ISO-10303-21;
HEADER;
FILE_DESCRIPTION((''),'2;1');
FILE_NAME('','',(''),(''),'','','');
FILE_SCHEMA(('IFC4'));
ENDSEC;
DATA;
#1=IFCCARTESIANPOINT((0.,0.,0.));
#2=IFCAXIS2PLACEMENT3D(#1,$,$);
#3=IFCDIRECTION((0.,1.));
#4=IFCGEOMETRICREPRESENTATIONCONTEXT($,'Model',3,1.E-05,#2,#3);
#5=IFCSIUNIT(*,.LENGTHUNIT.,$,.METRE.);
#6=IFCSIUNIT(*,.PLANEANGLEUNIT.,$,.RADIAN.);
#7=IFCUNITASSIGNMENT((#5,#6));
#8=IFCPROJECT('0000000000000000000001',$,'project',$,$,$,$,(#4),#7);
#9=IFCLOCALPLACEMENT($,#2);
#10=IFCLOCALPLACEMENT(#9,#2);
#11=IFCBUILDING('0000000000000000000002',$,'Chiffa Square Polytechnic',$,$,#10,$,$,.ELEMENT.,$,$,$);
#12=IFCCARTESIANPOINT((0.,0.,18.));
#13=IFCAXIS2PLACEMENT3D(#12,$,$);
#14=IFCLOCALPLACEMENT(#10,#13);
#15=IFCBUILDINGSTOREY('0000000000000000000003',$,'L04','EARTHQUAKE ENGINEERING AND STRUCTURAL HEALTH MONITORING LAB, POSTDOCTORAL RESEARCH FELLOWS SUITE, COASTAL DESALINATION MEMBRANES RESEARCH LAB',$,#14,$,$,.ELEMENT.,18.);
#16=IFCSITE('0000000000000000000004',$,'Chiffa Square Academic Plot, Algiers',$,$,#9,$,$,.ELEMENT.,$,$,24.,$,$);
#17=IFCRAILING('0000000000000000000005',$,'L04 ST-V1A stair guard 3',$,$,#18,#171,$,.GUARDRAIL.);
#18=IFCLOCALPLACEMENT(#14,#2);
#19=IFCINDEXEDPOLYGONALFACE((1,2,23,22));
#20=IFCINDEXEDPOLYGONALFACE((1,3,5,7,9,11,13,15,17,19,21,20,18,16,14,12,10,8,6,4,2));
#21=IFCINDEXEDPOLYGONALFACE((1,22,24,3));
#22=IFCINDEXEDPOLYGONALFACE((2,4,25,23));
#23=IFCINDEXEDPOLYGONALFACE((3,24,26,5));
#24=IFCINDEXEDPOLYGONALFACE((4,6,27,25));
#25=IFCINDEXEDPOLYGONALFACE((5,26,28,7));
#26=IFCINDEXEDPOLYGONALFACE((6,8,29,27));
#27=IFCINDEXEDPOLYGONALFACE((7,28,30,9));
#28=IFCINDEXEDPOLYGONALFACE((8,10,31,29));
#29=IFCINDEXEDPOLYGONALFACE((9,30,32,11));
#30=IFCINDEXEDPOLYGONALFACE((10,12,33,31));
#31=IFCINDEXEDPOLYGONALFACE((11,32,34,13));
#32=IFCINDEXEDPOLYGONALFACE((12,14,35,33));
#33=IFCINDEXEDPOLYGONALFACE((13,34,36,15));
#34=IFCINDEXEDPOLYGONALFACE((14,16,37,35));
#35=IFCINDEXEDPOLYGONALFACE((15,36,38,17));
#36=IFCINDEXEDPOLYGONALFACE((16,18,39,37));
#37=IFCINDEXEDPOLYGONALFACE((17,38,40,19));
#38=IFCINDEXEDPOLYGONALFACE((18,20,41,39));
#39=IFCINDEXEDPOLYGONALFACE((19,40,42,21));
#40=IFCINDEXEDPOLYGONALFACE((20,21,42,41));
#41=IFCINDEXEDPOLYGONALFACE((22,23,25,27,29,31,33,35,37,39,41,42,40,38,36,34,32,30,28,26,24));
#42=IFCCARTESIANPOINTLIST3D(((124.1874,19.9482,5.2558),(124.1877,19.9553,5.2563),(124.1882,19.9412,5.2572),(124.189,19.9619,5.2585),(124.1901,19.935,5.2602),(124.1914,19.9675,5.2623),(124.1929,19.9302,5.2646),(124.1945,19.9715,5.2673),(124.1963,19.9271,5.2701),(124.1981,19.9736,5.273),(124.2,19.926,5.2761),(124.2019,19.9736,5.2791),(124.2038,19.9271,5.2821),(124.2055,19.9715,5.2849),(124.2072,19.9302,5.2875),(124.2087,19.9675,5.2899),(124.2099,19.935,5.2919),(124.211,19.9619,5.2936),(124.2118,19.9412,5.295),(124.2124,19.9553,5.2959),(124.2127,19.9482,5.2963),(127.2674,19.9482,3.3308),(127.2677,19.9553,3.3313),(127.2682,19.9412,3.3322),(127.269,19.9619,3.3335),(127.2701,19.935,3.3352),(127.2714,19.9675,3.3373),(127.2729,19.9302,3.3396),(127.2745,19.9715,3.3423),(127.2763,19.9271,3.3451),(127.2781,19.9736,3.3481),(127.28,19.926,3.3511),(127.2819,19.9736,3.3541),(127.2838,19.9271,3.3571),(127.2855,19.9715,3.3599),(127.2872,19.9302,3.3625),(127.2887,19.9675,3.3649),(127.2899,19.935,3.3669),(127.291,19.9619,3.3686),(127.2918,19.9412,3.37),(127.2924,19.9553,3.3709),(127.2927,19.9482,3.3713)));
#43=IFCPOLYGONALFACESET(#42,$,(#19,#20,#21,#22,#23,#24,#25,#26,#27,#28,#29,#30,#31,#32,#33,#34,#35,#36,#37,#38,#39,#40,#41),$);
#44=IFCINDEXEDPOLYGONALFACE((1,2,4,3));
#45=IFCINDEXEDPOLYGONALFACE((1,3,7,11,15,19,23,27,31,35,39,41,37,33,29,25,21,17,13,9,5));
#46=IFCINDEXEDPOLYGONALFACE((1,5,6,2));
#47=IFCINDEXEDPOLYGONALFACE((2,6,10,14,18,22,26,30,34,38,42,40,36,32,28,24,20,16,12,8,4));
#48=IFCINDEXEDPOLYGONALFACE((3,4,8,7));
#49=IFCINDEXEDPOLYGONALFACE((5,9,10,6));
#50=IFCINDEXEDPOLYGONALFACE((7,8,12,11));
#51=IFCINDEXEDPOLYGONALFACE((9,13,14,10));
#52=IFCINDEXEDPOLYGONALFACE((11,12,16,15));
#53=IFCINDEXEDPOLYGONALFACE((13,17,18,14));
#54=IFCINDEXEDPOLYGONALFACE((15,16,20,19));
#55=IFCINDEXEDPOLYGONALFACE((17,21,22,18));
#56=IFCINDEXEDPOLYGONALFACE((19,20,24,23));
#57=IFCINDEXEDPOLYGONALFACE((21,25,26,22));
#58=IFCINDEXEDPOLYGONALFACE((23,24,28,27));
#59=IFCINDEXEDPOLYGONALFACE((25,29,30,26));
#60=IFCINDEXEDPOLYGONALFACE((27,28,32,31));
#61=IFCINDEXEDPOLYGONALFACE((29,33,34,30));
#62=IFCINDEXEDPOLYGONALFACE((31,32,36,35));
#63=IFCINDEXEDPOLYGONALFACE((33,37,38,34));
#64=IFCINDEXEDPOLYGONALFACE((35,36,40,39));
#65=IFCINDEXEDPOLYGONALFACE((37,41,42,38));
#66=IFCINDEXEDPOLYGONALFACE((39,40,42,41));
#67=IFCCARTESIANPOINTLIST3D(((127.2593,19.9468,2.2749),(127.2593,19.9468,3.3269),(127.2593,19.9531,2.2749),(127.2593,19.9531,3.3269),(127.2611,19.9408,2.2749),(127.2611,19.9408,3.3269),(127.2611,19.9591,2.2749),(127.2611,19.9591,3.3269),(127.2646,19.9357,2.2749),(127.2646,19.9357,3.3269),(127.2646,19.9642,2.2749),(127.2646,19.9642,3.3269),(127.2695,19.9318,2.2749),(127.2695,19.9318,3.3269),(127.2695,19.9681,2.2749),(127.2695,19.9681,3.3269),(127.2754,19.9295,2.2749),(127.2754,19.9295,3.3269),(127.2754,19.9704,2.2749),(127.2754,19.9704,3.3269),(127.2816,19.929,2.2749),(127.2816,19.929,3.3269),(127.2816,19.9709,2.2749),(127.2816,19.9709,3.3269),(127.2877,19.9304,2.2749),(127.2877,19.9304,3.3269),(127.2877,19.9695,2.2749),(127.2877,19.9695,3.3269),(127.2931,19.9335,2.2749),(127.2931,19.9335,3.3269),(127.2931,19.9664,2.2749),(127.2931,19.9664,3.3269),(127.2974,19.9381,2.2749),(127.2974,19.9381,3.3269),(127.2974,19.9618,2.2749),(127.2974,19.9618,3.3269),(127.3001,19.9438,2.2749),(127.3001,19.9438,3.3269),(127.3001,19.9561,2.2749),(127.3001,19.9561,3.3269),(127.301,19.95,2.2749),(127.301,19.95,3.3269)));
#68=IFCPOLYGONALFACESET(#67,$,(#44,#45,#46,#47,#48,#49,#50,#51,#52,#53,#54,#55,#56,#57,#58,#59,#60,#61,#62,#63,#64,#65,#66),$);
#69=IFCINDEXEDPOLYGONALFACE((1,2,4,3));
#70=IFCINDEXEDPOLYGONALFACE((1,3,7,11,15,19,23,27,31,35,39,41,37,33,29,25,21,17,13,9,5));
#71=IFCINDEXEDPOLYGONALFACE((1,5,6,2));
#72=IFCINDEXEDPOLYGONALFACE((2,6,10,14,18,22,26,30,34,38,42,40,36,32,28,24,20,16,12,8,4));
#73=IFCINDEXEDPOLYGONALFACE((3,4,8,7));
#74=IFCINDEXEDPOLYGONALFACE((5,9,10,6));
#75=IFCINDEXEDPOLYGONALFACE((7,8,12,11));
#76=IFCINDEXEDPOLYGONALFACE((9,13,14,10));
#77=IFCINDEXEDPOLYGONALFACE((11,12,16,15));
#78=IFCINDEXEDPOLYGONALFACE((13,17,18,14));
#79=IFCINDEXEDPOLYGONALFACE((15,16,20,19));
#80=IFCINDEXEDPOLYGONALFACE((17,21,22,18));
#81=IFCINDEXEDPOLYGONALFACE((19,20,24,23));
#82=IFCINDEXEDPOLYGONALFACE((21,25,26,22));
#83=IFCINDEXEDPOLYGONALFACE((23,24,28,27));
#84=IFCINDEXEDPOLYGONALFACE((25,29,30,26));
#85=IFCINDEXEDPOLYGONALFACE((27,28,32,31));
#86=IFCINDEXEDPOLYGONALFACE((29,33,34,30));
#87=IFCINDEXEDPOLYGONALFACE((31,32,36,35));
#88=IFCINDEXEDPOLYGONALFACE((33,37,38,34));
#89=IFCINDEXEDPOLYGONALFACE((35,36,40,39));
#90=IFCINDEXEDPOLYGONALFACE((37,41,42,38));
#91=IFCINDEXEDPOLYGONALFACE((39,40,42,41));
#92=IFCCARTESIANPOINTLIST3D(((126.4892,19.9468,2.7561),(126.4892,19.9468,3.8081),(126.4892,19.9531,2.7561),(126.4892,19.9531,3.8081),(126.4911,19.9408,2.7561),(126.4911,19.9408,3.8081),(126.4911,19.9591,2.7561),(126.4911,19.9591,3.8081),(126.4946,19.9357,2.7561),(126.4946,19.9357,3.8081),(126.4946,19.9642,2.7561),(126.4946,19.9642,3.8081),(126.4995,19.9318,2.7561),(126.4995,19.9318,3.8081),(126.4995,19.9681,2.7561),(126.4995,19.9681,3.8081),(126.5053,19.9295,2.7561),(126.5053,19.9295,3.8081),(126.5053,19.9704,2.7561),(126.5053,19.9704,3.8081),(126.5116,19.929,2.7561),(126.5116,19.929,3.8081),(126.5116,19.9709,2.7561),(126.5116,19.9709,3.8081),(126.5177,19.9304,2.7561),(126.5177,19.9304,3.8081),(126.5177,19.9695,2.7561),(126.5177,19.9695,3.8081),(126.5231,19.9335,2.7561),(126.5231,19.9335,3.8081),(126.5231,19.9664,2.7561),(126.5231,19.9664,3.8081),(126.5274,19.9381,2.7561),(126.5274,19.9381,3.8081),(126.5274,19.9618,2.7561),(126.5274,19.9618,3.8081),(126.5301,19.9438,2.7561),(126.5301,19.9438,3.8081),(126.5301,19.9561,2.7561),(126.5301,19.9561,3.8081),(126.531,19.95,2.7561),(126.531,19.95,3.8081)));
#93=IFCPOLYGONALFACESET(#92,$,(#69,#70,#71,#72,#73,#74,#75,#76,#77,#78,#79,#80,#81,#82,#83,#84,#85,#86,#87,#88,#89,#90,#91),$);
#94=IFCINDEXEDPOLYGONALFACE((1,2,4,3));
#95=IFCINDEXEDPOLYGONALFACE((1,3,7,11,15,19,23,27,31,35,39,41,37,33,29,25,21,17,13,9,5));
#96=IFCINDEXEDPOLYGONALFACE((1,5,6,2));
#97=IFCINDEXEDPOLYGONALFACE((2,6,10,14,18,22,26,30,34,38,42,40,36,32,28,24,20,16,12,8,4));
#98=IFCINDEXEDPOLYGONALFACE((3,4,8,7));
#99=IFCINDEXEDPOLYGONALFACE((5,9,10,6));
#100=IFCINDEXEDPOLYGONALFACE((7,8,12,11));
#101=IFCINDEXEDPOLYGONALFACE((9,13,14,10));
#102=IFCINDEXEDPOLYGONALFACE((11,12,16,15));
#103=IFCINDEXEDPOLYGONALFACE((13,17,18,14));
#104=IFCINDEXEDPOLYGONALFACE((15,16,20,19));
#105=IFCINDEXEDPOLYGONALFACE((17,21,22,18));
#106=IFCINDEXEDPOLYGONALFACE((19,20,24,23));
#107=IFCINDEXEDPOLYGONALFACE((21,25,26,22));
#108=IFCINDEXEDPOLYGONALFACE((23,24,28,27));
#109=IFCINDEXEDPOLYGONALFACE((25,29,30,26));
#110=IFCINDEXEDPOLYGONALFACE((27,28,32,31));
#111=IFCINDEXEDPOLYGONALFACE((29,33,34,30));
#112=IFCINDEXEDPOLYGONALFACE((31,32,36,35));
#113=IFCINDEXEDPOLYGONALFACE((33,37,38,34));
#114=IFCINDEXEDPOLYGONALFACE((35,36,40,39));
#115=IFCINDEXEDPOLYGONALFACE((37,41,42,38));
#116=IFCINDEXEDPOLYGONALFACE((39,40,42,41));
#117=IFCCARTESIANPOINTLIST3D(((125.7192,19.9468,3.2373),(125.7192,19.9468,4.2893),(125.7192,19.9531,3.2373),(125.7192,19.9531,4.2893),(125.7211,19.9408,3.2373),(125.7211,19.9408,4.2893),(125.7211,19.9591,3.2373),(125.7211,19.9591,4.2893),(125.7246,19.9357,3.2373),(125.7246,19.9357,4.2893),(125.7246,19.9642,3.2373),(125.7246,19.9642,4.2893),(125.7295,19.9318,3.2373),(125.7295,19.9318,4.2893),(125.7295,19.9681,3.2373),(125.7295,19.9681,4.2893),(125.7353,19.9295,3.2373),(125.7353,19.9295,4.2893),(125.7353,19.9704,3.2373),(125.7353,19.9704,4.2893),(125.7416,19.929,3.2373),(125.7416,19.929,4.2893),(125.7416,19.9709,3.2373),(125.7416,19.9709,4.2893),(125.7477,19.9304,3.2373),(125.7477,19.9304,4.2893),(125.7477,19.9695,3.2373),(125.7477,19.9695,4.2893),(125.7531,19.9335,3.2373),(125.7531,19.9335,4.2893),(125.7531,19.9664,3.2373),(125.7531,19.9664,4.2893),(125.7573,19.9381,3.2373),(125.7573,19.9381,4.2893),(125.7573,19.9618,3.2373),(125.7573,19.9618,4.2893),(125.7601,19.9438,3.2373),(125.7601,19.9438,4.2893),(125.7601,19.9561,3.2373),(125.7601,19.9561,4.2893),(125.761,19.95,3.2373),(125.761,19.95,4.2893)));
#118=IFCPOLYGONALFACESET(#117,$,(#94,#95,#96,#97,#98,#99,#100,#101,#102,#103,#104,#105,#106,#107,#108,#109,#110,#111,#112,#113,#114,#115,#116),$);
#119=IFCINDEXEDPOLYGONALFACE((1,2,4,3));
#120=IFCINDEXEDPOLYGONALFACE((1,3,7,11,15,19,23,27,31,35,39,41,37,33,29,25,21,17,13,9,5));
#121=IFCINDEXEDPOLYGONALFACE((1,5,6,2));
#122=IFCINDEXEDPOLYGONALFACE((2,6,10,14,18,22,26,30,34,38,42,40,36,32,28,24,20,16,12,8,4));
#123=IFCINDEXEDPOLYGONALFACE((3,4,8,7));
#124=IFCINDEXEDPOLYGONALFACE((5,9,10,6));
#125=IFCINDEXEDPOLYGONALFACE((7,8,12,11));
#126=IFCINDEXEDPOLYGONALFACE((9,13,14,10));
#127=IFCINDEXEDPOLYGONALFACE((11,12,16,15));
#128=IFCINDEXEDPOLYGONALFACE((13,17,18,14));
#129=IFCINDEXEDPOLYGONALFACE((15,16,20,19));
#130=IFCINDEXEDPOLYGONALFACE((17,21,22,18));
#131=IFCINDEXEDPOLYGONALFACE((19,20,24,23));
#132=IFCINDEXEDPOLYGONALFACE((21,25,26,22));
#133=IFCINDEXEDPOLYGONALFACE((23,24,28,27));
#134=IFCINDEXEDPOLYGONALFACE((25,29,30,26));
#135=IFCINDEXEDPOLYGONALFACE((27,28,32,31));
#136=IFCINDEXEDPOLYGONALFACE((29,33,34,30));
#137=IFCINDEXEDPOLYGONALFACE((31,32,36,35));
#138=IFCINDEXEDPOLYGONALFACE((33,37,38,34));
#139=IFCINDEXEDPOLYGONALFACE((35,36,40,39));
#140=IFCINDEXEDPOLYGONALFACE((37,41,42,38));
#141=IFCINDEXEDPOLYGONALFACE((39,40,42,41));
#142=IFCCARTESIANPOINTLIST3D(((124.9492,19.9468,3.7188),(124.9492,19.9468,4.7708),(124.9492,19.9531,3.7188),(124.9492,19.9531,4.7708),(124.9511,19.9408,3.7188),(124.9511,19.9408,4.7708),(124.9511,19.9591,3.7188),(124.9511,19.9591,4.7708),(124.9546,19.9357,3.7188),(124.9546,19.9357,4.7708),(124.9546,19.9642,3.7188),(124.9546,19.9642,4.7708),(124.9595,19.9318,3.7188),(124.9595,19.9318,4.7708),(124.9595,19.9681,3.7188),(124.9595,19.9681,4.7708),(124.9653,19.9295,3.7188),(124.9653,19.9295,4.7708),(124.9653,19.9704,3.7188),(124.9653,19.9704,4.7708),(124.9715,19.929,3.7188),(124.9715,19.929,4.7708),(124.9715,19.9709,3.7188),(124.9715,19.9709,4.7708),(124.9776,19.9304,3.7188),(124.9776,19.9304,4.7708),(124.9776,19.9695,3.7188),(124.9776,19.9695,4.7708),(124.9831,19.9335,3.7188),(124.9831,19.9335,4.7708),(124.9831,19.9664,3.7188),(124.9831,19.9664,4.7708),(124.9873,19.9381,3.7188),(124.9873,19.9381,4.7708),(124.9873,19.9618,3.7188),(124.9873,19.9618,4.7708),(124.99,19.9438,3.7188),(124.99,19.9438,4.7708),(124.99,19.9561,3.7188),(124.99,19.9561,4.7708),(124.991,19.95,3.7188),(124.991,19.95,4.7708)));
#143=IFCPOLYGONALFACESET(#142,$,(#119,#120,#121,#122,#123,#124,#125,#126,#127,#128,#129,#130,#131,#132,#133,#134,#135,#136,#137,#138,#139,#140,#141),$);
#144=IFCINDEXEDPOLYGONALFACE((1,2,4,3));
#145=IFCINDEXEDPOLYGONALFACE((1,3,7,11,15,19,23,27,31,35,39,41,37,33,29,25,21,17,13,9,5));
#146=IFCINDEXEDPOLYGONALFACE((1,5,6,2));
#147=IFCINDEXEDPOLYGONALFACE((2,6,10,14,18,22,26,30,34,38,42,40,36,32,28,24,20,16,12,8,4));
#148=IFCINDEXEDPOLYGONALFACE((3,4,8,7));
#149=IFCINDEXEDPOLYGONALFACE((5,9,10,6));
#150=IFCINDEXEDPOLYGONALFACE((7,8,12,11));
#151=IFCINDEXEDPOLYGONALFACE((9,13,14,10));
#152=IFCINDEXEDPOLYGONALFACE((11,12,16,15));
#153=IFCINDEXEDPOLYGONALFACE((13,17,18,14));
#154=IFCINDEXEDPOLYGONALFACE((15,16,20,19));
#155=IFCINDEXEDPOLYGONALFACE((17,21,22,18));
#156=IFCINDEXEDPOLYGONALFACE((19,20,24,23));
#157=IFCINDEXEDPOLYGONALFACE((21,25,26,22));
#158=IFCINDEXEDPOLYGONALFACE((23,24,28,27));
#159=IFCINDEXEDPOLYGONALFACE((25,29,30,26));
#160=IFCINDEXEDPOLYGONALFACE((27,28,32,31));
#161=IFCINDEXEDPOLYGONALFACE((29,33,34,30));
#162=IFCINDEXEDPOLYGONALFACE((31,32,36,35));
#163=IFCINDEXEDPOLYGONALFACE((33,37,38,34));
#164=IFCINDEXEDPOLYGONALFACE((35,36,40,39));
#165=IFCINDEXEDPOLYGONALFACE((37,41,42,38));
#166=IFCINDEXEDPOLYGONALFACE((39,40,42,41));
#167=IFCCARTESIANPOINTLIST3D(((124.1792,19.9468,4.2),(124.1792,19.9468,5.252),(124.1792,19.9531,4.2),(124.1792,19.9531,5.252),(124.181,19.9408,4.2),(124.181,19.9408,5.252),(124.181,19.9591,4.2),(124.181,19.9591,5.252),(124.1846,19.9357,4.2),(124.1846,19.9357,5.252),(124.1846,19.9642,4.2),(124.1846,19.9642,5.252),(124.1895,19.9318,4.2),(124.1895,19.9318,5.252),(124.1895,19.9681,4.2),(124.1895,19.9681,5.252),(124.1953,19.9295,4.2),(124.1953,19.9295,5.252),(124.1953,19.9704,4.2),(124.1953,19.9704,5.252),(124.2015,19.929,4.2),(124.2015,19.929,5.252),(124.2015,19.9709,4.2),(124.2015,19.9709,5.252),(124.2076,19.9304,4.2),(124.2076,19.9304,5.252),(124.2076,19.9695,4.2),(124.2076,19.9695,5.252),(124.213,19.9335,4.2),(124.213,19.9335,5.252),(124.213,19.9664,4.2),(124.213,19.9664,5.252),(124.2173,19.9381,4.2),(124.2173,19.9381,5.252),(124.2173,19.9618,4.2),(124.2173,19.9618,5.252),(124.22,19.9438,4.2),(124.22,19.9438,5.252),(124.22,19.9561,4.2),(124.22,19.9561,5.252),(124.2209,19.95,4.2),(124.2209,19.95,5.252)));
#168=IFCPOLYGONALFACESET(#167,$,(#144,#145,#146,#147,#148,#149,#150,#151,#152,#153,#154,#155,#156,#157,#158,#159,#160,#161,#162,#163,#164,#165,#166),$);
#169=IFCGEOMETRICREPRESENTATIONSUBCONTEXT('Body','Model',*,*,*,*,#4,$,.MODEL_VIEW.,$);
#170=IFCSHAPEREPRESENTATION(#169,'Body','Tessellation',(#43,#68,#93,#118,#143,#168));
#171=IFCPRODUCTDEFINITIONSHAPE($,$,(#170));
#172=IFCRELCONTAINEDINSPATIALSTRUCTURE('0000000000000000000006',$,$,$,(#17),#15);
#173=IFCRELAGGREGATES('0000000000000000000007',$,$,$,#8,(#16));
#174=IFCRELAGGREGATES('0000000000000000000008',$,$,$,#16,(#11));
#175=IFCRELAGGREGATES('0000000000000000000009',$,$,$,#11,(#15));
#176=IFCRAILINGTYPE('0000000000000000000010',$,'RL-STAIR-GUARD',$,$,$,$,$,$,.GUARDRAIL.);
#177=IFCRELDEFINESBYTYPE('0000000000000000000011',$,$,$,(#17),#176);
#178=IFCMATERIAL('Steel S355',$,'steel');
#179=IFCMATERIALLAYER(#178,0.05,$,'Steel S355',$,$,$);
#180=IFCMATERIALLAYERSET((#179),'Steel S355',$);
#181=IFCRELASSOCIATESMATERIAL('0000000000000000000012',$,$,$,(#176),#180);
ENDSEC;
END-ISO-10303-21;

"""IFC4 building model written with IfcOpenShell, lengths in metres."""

from ifc_helpers import new_model, si_unit, direction, frame, origin, origin_2d, place, context, subcontext, project, spatial, circle, extrude, material, layer, layer_set, type_object, element, save


model = new_model("IFC4")

# Units and contexts
model_context = context("Model", 3, precision=1e-05, world=origin(), true_north=direction((0.0, 1.0)))
body_context = subcontext(model_context, "Body", "Model", "MODEL_VIEW")
ifc_project = project(units=[si_unit("LENGTHUNIT", "METRE"), si_unit("PLANEANGLEUNIT", "RADIAN")], contexts=[model_context])

# Site, building, storey
site_placement = place(None, origin())
site = spatial("IfcSite", under=ifc_project, at=site_placement, Name="Chiffa Square Academic Plot, Algiers", CompositionType="ELEMENT", RefElevation=24.0)
building_placement = place(site_placement, origin())
building = spatial("IfcBuilding", under=site, at=building_placement, Name="Chiffa Square Polytechnic", CompositionType="ELEMENT")
storey_placement = place(building_placement, frame((0.0, 0.0, 18.0)))
storey = spatial("IfcBuildingStorey", under=building, at=storey_placement, Name="L04", Description="EARTHQUAKE ENGINEERING AND STRUCTURAL HEALTH MONITORING LAB, POSTDOCTORAL RESEARCH FELLOWS SUITE, COASTAL DESALINATION MEMBRANES RESEARCH LAB", CompositionType="ELEMENT", Elevation=18.0)

# Railing
ifc_material_1 = material(Name="Steel S355", Category="steel")
ifc_layer_1 = layer(ifc_material_1, 0.05, Name="Steel S355")
ifc_layer_set_1 = layer_set([ifc_layer_1], Name="Steel S355")
railing_type_1 = type_object("IfcRailingType", Name="RL-STAIR-GUARD", PredefinedType="GUARDRAIL", material=ifc_layer_set_1)
railing_1_placement = place(storey_placement, frame((127.28, 19.95, 2.2749)))
element("IfcRailing", 1, at=railing_1_placement, inside=storey, type_object=railing_type_1, Name="L04 ST-V1A stair guard 3", PredefinedType="GUARDRAIL", context=body_context, shape_type="SweptSolid", body=[
    extrude(circle(Radius=0.0239, at=origin_2d()), frame((0.0, 0.0, 1.0762), z_axis=(-0.847998, 0.0, 0.529999), x_axis=(0.0, -1.0, 0.0)), (0.0, 0.0, 1.0), 3.6321),
    extrude(circle(Radius=0.021, at=origin_2d()), origin(), (0.0, 0.0, 1.0), 1.052),
    extrude(circle(Radius=0.021, at=origin_2d()), frame((-0.77, 0.0, 0.4812)), (0.0, 0.0, 1.0), 1.052),
    extrude(circle(Radius=0.021, at=origin_2d()), frame((-1.54, 0.0, 0.9624)), (0.0, 0.0, 1.0), 1.052),
    extrude(circle(Radius=0.021, at=origin_2d()), frame((-2.3101, 0.0, 1.4438)), (0.0, 0.0, 1.0), 1.052),
    extrude(circle(Radius=0.021, at=origin_2d()), frame((-3.0801, 0.0, 1.925)), (0.0, 0.0, 1.0), 1.052),
])

save(model, "model.ifc")
